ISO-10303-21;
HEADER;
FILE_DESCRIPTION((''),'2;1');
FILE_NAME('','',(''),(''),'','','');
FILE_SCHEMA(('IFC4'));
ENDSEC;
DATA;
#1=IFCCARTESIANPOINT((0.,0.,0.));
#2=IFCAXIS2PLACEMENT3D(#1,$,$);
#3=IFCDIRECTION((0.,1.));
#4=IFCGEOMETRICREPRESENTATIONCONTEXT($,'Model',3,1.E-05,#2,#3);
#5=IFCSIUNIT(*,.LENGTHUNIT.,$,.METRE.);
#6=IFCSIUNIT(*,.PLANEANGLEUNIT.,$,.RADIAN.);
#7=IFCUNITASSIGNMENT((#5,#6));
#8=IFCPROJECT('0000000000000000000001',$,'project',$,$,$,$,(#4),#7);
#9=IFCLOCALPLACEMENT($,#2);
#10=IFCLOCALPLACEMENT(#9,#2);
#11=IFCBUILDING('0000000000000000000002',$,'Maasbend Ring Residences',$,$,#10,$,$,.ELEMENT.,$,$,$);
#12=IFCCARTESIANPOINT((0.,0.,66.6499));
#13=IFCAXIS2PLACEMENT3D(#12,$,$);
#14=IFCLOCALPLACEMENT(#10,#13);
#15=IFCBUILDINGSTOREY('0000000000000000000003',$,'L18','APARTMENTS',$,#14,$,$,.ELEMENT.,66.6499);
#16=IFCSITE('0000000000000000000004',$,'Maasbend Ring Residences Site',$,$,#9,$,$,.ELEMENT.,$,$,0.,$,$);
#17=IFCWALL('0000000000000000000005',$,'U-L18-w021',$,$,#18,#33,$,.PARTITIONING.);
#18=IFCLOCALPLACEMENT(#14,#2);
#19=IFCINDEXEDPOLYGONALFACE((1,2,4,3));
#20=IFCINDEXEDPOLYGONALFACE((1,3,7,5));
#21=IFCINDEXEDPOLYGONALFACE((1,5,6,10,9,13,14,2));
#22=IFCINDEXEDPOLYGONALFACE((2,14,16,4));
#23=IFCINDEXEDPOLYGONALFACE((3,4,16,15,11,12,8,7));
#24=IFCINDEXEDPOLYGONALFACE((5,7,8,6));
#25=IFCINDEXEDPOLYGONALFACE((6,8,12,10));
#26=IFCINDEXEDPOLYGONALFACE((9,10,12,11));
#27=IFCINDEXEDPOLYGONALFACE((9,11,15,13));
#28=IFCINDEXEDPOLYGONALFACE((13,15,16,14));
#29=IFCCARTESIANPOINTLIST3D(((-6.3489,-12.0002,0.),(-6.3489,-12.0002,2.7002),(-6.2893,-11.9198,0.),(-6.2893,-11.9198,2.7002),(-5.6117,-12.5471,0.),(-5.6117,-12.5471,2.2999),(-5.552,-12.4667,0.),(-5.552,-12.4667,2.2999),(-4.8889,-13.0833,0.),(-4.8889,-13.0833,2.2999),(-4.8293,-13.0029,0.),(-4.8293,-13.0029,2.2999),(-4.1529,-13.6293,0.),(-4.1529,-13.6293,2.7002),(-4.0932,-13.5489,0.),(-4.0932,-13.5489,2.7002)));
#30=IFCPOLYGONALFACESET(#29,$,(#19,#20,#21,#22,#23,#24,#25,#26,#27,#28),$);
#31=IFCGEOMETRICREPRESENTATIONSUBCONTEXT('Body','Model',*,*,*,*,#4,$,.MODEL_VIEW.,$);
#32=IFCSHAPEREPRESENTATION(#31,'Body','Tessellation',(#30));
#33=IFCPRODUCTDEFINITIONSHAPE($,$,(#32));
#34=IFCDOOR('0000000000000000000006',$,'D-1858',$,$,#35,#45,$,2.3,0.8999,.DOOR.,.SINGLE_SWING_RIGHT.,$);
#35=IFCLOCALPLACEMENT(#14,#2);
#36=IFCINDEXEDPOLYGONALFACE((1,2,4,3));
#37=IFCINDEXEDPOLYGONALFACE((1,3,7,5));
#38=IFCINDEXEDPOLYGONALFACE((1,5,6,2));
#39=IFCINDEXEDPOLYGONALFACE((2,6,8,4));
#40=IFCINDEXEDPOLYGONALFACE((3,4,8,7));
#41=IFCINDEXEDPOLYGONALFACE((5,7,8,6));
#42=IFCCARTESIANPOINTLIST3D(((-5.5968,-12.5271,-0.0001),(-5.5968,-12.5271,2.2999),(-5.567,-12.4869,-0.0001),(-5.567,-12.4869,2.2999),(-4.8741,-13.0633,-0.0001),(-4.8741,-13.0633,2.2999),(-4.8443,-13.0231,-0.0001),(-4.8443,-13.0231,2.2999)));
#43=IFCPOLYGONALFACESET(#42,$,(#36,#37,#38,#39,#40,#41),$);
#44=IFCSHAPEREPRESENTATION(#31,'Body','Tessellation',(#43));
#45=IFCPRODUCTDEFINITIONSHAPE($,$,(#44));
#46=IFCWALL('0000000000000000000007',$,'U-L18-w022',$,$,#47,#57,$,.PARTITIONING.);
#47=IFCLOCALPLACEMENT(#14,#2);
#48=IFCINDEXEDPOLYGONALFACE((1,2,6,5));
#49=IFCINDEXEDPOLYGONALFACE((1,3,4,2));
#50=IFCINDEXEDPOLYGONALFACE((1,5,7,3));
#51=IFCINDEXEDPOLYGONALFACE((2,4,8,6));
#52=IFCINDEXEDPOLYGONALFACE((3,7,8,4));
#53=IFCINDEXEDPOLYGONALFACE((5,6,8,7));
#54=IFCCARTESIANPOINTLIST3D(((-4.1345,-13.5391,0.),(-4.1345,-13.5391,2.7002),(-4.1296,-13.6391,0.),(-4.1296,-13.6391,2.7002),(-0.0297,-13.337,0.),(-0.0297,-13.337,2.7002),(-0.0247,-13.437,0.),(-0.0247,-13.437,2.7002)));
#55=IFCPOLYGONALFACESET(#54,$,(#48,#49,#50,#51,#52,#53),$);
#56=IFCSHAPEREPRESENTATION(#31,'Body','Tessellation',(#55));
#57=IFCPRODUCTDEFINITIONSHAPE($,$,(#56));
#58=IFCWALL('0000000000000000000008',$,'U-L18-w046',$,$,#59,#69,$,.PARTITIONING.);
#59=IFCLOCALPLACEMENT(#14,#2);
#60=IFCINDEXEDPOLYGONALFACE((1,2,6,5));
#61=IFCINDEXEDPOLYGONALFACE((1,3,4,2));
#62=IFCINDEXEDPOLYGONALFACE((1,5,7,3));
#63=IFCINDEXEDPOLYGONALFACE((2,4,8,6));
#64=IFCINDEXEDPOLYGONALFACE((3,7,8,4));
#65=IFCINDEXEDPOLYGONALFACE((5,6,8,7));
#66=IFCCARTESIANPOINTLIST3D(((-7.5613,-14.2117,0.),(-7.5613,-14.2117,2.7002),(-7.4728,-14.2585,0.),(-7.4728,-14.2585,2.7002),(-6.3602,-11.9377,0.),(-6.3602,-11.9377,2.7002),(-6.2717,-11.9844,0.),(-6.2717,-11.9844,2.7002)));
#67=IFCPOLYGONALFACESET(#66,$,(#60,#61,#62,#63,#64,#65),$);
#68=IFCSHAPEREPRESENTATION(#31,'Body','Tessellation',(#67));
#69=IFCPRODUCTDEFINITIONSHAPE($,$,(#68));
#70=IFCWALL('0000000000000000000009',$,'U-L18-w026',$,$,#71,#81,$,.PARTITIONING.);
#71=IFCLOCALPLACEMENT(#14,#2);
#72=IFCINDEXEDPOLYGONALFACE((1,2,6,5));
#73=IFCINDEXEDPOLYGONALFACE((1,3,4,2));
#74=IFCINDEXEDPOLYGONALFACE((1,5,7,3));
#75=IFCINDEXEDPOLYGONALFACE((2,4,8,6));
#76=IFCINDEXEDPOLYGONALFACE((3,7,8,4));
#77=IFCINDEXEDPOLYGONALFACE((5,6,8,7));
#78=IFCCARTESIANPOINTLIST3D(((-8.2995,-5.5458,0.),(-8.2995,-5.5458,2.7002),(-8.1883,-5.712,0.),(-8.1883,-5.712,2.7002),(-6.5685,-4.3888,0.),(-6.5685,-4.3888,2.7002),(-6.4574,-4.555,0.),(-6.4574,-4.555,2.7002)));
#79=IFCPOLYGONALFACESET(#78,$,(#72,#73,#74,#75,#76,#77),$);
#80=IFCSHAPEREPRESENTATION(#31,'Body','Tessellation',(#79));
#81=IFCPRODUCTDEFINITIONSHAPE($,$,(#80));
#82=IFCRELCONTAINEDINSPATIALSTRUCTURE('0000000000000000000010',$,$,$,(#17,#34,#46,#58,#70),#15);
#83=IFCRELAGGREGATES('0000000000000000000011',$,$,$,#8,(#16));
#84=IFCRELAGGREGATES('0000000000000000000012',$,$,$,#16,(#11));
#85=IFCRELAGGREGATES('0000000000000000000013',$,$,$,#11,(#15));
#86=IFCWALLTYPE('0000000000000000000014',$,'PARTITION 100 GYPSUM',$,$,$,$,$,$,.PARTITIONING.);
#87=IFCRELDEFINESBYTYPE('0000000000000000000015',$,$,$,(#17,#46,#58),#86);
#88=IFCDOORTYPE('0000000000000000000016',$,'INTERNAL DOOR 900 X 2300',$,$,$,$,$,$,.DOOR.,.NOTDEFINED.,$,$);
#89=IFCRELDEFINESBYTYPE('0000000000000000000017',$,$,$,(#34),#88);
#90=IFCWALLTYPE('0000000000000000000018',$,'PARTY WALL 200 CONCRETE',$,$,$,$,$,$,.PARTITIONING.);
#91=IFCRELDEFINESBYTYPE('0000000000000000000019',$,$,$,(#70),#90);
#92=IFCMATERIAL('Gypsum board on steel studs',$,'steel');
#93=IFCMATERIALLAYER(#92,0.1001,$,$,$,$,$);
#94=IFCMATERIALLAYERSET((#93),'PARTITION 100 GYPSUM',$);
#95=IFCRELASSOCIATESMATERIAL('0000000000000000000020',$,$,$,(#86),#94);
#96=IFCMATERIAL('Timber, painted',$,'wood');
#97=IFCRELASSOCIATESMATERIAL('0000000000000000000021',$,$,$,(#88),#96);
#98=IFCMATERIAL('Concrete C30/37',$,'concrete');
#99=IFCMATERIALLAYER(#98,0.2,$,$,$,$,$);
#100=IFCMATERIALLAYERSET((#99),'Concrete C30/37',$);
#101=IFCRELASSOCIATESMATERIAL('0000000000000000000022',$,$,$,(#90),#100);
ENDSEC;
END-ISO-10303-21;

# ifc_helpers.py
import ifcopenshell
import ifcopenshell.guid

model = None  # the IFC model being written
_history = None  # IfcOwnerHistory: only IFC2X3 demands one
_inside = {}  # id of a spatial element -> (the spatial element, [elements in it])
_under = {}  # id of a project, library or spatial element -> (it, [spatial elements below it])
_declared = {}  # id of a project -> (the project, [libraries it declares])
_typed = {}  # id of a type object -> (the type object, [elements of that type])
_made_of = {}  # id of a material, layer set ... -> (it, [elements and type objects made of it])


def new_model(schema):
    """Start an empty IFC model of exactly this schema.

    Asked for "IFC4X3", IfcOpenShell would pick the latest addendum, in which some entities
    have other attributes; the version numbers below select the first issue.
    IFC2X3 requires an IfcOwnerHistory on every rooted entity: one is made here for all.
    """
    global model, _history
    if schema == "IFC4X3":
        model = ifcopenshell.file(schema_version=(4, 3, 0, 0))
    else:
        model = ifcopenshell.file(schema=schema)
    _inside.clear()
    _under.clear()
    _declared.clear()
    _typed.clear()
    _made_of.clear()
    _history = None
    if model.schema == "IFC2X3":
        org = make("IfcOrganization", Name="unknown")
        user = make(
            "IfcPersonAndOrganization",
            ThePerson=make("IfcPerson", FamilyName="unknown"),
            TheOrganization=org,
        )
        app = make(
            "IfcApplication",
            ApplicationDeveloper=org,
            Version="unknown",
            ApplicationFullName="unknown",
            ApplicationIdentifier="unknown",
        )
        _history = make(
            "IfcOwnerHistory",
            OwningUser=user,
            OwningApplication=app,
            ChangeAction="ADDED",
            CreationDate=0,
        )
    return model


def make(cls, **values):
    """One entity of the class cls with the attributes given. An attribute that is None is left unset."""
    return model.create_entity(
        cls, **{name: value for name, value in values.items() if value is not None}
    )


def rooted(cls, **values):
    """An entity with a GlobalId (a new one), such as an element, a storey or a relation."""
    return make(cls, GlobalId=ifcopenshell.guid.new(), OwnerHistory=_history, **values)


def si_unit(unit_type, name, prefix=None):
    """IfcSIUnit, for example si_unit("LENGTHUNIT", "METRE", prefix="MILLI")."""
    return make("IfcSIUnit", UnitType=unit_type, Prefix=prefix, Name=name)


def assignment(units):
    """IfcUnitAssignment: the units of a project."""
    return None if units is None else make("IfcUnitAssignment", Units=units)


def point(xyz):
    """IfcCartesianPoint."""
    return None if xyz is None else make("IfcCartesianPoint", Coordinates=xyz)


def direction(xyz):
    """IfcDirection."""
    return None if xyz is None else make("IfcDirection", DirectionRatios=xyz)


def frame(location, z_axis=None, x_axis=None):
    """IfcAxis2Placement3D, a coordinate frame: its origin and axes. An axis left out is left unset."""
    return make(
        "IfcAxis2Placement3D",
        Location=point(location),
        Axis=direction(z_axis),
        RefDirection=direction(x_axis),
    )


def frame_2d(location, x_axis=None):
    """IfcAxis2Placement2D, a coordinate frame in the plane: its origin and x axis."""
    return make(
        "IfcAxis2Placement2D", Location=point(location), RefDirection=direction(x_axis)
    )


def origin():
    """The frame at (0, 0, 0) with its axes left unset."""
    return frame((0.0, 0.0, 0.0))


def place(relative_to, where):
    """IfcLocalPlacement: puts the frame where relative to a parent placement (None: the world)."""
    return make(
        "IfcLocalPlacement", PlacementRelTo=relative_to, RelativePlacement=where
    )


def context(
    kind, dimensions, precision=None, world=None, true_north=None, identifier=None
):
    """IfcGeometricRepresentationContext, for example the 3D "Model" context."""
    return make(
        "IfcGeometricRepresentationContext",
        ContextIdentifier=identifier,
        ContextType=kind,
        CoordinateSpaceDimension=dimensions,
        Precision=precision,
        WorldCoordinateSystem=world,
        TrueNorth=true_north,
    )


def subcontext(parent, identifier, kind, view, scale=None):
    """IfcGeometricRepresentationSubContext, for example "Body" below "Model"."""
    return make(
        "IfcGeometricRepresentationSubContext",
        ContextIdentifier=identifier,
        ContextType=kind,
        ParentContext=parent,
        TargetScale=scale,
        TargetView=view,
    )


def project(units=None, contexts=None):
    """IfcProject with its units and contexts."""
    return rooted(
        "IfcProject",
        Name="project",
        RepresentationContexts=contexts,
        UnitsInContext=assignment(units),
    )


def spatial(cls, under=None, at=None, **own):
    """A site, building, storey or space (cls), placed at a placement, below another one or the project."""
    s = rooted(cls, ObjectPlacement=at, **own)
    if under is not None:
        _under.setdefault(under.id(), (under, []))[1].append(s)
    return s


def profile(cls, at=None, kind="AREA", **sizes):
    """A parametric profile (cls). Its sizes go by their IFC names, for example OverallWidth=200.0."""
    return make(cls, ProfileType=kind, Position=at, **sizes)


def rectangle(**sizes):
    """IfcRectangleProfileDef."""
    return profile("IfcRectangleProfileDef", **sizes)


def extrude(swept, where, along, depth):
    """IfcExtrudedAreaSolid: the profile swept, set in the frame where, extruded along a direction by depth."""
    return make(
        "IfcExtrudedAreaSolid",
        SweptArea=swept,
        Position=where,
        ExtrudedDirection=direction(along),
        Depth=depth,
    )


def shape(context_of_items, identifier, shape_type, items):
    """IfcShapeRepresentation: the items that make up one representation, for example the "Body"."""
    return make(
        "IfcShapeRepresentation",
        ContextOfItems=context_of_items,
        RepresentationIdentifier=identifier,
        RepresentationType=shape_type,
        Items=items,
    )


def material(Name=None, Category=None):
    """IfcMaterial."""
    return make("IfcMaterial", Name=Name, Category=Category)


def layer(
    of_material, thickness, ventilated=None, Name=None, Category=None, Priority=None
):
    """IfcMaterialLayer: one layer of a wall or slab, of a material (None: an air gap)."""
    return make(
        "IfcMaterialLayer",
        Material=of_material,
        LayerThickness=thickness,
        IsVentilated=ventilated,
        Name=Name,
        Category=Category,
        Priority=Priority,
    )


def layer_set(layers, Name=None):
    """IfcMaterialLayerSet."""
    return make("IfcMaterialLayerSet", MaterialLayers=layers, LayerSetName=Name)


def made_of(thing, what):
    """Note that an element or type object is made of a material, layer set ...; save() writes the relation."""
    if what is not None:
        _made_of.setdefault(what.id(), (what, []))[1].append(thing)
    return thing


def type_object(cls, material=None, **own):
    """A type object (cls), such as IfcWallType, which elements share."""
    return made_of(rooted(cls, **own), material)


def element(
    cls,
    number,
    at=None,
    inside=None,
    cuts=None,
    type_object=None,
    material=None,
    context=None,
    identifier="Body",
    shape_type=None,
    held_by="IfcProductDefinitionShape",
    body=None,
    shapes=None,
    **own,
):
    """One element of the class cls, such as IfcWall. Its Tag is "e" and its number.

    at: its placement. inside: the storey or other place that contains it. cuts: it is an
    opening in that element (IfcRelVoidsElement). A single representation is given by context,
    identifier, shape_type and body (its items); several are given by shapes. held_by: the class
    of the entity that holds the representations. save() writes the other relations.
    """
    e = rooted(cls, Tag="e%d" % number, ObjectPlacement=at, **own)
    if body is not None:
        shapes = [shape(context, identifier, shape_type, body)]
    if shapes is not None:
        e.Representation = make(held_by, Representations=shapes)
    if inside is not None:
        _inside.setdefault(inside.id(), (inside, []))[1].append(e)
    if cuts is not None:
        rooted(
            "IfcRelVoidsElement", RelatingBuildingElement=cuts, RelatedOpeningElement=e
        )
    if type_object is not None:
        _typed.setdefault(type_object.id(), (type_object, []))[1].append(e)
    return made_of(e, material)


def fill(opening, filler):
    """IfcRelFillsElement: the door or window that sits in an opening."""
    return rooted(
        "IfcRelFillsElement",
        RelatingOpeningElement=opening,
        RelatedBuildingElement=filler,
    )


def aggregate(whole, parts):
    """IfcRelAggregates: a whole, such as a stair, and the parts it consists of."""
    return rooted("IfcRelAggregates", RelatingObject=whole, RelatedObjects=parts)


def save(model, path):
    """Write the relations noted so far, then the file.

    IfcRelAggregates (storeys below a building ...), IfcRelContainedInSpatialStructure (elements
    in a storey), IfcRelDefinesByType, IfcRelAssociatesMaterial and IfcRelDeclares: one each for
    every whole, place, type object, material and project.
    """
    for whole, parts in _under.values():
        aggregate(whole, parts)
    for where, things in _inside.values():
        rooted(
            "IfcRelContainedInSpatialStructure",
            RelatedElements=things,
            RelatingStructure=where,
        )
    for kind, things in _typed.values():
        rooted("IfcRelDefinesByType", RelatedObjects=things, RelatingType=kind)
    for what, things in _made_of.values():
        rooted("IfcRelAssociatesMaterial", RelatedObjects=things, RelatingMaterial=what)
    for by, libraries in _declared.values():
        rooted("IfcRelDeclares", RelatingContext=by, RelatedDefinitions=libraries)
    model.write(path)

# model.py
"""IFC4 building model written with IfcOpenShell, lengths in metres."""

from ifc_helpers import new_model, si_unit, direction, frame, frame_2d, origin, place, context, subcontext, project, spatial, rectangle, extrude, material, layer, layer_set, type_object, element, fill, save


model = new_model("IFC4")

# Units and contexts
model_context = context("Model", 3, precision=1e-05, world=origin(), true_north=direction((0.0, 1.0)))
body_context = subcontext(model_context, "Body", "Model", "MODEL_VIEW")
ifc_project = project(units=[si_unit("LENGTHUNIT", "METRE"), si_unit("PLANEANGLEUNIT", "RADIAN")], contexts=[model_context])

# Site, building, storey
site_placement = place(None, origin())
site = spatial("IfcSite", under=ifc_project, at=site_placement, Name="Maasbend Ring Residences Site", CompositionType="ELEMENT", RefElevation=0.0)
building_placement = place(site_placement, origin())
building = spatial("IfcBuilding", under=site, at=building_placement, Name="Maasbend Ring Residences", CompositionType="ELEMENT")
storey_placement = place(building_placement, frame((0.0, 0.0, 66.6499)))
storey = spatial("IfcBuildingStorey", under=building, at=storey_placement, Name="L18", Description="APARTMENTS", CompositionType="ELEMENT", Elevation=66.6499)

# Wall, opening, door
ifc_material_1 = material(Name="Gypsum board on steel studs", Category="steel")
ifc_layer_1 = layer(ifc_material_1, 0.1001)
ifc_layer_set_1 = layer_set([ifc_layer_1], Name="PARTITION 100 GYPSUM")
wall_type_1 = type_object("IfcWallType", Name="PARTITION 100 GYPSUM", PredefinedType="PARTITIONING", material=ifc_layer_set_1)
wall_1_placement = place(storey_placement, frame((-6.3191, -11.96, 0.0), z_axis=(0.0, 0.0, 1.0), x_axis=(0.803128, -0.595806, 0.0)))
wall_1 = element("IfcWall", 1, at=wall_1_placement, inside=storey, type_object=wall_type_1, Name="U-L18-w021", PredefinedType="PARTITIONING", context=body_context, shape_type="SweptSolid", body=[
    extrude(rectangle(XDim=2.7344, YDim=0.1001, at=frame_2d((1.3672, 0.0))), origin(), (0.0, 0.0, 1.0), 2.7002),
])
opening_placement = place(wall_1_placement, frame((0.918, 0.0, 0.0)))
opening = element("IfcOpeningElement", 2, at=opening_placement, cuts=wall_1, PredefinedType="OPENING", context=body_context, shape_type="SweptSolid", body=[
    extrude(rectangle(XDim=0.8999, YDim=2.3, at=frame_2d((0.45, 1.1499))), frame((0.0, 0.0601, 0.0), z_axis=(0.0, -1.0, 0.0), x_axis=(1.0, 0.0, 0.0)), (0.0, 0.0, 1.0), 0.1201),
])
ifc_material_2 = material(Name="Timber, painted", Category="wood")
door_type = type_object("IfcDoorType", Name="INTERNAL DOOR 900 X 2300", OperationType="NOTDEFINED", PredefinedType="DOOR", material=ifc_material_2)
door_placement = place(opening_placement, origin())
door = element("IfcDoor", 3, at=door_placement, inside=storey, type_object=door_type, Name="D-1858", OperationType="SINGLE_SWING_RIGHT", OverallHeight=2.3, OverallWidth=0.8999, PredefinedType="DOOR", context=body_context, shape_type="SweptSolid", body=[
    extrude(rectangle(XDim=0.8999, YDim=2.3, at=frame_2d((0.45, 1.1499))), frame((0.0, 0.0249, 0.0), z_axis=(0.0, -1.0, 0.0), x_axis=(1.0, 0.0, 0.0)), (0.0, 0.0, 1.0), 0.05),
])
fill(opening, door)

# Walls
wall_2_placement = place(storey_placement, frame((-4.1321, -13.5891, 0.0), z_axis=(0.0, 0.0, 1.0), x_axis=(0.99879, 0.049185, 0.0)))
element("IfcWall", 4, at=wall_2_placement, inside=storey, type_object=wall_type_1, Name="U-L18-w022", PredefinedType="PARTITIONING", context=body_context, shape_type="SweptSolid", body=[
    extrude(rectangle(XDim=4.1099, YDim=0.1001, at=frame_2d((2.0549, 0.0))), origin(), (0.0, 0.0, 1.0), 2.7002),
])
wall_3_placement = place(storey_placement, frame((-7.5171, -14.2351, 0.0), z_axis=(0.0, 0.0, 1.0), x_axis=(0.467037, 0.884238, 0.0)))
element("IfcWall", 5, at=wall_3_placement, inside=storey, type_object=wall_type_1, Name="U-L18-w046", PredefinedType="PARTITIONING", context=body_context, shape_type="SweptSolid", body=[
    extrude(rectangle(XDim=2.5718, YDim=0.1001, at=frame_2d((1.2859, 0.0))), origin(), (0.0, 0.0, 1.0), 2.7002),
])
ifc_material_3 = material(Name="Concrete C30/37", Category="concrete")
ifc_layer_2 = layer(ifc_material_3, 0.2)
ifc_layer_set_2 = layer_set([ifc_layer_2], Name="Concrete C30/37")
wall_type_2 = type_object("IfcWallType", Name="PARTY WALL 200 CONCRETE", PredefinedType="PARTITIONING", material=ifc_layer_set_2)
wall_4_placement = place(storey_placement, frame((-6.5129, -4.4719, 0.0), z_axis=(0.0, 0.0, 1.0), x_axis=(-0.831382, -0.555701, 0.0)))
element("IfcWall", 6, at=wall_4_placement, inside=storey, type_object=wall_type_2, Name="U-L18-w026", PredefinedType="PARTITIONING", context=body_context, shape_type="SweptSolid", body=[
    extrude(rectangle(XDim=2.082, YDim=0.2, at=frame_2d((1.041, 0.0))), origin(), (0.0, 0.0, 1.0), 2.7002),
])

save(model, "model.ifc")
